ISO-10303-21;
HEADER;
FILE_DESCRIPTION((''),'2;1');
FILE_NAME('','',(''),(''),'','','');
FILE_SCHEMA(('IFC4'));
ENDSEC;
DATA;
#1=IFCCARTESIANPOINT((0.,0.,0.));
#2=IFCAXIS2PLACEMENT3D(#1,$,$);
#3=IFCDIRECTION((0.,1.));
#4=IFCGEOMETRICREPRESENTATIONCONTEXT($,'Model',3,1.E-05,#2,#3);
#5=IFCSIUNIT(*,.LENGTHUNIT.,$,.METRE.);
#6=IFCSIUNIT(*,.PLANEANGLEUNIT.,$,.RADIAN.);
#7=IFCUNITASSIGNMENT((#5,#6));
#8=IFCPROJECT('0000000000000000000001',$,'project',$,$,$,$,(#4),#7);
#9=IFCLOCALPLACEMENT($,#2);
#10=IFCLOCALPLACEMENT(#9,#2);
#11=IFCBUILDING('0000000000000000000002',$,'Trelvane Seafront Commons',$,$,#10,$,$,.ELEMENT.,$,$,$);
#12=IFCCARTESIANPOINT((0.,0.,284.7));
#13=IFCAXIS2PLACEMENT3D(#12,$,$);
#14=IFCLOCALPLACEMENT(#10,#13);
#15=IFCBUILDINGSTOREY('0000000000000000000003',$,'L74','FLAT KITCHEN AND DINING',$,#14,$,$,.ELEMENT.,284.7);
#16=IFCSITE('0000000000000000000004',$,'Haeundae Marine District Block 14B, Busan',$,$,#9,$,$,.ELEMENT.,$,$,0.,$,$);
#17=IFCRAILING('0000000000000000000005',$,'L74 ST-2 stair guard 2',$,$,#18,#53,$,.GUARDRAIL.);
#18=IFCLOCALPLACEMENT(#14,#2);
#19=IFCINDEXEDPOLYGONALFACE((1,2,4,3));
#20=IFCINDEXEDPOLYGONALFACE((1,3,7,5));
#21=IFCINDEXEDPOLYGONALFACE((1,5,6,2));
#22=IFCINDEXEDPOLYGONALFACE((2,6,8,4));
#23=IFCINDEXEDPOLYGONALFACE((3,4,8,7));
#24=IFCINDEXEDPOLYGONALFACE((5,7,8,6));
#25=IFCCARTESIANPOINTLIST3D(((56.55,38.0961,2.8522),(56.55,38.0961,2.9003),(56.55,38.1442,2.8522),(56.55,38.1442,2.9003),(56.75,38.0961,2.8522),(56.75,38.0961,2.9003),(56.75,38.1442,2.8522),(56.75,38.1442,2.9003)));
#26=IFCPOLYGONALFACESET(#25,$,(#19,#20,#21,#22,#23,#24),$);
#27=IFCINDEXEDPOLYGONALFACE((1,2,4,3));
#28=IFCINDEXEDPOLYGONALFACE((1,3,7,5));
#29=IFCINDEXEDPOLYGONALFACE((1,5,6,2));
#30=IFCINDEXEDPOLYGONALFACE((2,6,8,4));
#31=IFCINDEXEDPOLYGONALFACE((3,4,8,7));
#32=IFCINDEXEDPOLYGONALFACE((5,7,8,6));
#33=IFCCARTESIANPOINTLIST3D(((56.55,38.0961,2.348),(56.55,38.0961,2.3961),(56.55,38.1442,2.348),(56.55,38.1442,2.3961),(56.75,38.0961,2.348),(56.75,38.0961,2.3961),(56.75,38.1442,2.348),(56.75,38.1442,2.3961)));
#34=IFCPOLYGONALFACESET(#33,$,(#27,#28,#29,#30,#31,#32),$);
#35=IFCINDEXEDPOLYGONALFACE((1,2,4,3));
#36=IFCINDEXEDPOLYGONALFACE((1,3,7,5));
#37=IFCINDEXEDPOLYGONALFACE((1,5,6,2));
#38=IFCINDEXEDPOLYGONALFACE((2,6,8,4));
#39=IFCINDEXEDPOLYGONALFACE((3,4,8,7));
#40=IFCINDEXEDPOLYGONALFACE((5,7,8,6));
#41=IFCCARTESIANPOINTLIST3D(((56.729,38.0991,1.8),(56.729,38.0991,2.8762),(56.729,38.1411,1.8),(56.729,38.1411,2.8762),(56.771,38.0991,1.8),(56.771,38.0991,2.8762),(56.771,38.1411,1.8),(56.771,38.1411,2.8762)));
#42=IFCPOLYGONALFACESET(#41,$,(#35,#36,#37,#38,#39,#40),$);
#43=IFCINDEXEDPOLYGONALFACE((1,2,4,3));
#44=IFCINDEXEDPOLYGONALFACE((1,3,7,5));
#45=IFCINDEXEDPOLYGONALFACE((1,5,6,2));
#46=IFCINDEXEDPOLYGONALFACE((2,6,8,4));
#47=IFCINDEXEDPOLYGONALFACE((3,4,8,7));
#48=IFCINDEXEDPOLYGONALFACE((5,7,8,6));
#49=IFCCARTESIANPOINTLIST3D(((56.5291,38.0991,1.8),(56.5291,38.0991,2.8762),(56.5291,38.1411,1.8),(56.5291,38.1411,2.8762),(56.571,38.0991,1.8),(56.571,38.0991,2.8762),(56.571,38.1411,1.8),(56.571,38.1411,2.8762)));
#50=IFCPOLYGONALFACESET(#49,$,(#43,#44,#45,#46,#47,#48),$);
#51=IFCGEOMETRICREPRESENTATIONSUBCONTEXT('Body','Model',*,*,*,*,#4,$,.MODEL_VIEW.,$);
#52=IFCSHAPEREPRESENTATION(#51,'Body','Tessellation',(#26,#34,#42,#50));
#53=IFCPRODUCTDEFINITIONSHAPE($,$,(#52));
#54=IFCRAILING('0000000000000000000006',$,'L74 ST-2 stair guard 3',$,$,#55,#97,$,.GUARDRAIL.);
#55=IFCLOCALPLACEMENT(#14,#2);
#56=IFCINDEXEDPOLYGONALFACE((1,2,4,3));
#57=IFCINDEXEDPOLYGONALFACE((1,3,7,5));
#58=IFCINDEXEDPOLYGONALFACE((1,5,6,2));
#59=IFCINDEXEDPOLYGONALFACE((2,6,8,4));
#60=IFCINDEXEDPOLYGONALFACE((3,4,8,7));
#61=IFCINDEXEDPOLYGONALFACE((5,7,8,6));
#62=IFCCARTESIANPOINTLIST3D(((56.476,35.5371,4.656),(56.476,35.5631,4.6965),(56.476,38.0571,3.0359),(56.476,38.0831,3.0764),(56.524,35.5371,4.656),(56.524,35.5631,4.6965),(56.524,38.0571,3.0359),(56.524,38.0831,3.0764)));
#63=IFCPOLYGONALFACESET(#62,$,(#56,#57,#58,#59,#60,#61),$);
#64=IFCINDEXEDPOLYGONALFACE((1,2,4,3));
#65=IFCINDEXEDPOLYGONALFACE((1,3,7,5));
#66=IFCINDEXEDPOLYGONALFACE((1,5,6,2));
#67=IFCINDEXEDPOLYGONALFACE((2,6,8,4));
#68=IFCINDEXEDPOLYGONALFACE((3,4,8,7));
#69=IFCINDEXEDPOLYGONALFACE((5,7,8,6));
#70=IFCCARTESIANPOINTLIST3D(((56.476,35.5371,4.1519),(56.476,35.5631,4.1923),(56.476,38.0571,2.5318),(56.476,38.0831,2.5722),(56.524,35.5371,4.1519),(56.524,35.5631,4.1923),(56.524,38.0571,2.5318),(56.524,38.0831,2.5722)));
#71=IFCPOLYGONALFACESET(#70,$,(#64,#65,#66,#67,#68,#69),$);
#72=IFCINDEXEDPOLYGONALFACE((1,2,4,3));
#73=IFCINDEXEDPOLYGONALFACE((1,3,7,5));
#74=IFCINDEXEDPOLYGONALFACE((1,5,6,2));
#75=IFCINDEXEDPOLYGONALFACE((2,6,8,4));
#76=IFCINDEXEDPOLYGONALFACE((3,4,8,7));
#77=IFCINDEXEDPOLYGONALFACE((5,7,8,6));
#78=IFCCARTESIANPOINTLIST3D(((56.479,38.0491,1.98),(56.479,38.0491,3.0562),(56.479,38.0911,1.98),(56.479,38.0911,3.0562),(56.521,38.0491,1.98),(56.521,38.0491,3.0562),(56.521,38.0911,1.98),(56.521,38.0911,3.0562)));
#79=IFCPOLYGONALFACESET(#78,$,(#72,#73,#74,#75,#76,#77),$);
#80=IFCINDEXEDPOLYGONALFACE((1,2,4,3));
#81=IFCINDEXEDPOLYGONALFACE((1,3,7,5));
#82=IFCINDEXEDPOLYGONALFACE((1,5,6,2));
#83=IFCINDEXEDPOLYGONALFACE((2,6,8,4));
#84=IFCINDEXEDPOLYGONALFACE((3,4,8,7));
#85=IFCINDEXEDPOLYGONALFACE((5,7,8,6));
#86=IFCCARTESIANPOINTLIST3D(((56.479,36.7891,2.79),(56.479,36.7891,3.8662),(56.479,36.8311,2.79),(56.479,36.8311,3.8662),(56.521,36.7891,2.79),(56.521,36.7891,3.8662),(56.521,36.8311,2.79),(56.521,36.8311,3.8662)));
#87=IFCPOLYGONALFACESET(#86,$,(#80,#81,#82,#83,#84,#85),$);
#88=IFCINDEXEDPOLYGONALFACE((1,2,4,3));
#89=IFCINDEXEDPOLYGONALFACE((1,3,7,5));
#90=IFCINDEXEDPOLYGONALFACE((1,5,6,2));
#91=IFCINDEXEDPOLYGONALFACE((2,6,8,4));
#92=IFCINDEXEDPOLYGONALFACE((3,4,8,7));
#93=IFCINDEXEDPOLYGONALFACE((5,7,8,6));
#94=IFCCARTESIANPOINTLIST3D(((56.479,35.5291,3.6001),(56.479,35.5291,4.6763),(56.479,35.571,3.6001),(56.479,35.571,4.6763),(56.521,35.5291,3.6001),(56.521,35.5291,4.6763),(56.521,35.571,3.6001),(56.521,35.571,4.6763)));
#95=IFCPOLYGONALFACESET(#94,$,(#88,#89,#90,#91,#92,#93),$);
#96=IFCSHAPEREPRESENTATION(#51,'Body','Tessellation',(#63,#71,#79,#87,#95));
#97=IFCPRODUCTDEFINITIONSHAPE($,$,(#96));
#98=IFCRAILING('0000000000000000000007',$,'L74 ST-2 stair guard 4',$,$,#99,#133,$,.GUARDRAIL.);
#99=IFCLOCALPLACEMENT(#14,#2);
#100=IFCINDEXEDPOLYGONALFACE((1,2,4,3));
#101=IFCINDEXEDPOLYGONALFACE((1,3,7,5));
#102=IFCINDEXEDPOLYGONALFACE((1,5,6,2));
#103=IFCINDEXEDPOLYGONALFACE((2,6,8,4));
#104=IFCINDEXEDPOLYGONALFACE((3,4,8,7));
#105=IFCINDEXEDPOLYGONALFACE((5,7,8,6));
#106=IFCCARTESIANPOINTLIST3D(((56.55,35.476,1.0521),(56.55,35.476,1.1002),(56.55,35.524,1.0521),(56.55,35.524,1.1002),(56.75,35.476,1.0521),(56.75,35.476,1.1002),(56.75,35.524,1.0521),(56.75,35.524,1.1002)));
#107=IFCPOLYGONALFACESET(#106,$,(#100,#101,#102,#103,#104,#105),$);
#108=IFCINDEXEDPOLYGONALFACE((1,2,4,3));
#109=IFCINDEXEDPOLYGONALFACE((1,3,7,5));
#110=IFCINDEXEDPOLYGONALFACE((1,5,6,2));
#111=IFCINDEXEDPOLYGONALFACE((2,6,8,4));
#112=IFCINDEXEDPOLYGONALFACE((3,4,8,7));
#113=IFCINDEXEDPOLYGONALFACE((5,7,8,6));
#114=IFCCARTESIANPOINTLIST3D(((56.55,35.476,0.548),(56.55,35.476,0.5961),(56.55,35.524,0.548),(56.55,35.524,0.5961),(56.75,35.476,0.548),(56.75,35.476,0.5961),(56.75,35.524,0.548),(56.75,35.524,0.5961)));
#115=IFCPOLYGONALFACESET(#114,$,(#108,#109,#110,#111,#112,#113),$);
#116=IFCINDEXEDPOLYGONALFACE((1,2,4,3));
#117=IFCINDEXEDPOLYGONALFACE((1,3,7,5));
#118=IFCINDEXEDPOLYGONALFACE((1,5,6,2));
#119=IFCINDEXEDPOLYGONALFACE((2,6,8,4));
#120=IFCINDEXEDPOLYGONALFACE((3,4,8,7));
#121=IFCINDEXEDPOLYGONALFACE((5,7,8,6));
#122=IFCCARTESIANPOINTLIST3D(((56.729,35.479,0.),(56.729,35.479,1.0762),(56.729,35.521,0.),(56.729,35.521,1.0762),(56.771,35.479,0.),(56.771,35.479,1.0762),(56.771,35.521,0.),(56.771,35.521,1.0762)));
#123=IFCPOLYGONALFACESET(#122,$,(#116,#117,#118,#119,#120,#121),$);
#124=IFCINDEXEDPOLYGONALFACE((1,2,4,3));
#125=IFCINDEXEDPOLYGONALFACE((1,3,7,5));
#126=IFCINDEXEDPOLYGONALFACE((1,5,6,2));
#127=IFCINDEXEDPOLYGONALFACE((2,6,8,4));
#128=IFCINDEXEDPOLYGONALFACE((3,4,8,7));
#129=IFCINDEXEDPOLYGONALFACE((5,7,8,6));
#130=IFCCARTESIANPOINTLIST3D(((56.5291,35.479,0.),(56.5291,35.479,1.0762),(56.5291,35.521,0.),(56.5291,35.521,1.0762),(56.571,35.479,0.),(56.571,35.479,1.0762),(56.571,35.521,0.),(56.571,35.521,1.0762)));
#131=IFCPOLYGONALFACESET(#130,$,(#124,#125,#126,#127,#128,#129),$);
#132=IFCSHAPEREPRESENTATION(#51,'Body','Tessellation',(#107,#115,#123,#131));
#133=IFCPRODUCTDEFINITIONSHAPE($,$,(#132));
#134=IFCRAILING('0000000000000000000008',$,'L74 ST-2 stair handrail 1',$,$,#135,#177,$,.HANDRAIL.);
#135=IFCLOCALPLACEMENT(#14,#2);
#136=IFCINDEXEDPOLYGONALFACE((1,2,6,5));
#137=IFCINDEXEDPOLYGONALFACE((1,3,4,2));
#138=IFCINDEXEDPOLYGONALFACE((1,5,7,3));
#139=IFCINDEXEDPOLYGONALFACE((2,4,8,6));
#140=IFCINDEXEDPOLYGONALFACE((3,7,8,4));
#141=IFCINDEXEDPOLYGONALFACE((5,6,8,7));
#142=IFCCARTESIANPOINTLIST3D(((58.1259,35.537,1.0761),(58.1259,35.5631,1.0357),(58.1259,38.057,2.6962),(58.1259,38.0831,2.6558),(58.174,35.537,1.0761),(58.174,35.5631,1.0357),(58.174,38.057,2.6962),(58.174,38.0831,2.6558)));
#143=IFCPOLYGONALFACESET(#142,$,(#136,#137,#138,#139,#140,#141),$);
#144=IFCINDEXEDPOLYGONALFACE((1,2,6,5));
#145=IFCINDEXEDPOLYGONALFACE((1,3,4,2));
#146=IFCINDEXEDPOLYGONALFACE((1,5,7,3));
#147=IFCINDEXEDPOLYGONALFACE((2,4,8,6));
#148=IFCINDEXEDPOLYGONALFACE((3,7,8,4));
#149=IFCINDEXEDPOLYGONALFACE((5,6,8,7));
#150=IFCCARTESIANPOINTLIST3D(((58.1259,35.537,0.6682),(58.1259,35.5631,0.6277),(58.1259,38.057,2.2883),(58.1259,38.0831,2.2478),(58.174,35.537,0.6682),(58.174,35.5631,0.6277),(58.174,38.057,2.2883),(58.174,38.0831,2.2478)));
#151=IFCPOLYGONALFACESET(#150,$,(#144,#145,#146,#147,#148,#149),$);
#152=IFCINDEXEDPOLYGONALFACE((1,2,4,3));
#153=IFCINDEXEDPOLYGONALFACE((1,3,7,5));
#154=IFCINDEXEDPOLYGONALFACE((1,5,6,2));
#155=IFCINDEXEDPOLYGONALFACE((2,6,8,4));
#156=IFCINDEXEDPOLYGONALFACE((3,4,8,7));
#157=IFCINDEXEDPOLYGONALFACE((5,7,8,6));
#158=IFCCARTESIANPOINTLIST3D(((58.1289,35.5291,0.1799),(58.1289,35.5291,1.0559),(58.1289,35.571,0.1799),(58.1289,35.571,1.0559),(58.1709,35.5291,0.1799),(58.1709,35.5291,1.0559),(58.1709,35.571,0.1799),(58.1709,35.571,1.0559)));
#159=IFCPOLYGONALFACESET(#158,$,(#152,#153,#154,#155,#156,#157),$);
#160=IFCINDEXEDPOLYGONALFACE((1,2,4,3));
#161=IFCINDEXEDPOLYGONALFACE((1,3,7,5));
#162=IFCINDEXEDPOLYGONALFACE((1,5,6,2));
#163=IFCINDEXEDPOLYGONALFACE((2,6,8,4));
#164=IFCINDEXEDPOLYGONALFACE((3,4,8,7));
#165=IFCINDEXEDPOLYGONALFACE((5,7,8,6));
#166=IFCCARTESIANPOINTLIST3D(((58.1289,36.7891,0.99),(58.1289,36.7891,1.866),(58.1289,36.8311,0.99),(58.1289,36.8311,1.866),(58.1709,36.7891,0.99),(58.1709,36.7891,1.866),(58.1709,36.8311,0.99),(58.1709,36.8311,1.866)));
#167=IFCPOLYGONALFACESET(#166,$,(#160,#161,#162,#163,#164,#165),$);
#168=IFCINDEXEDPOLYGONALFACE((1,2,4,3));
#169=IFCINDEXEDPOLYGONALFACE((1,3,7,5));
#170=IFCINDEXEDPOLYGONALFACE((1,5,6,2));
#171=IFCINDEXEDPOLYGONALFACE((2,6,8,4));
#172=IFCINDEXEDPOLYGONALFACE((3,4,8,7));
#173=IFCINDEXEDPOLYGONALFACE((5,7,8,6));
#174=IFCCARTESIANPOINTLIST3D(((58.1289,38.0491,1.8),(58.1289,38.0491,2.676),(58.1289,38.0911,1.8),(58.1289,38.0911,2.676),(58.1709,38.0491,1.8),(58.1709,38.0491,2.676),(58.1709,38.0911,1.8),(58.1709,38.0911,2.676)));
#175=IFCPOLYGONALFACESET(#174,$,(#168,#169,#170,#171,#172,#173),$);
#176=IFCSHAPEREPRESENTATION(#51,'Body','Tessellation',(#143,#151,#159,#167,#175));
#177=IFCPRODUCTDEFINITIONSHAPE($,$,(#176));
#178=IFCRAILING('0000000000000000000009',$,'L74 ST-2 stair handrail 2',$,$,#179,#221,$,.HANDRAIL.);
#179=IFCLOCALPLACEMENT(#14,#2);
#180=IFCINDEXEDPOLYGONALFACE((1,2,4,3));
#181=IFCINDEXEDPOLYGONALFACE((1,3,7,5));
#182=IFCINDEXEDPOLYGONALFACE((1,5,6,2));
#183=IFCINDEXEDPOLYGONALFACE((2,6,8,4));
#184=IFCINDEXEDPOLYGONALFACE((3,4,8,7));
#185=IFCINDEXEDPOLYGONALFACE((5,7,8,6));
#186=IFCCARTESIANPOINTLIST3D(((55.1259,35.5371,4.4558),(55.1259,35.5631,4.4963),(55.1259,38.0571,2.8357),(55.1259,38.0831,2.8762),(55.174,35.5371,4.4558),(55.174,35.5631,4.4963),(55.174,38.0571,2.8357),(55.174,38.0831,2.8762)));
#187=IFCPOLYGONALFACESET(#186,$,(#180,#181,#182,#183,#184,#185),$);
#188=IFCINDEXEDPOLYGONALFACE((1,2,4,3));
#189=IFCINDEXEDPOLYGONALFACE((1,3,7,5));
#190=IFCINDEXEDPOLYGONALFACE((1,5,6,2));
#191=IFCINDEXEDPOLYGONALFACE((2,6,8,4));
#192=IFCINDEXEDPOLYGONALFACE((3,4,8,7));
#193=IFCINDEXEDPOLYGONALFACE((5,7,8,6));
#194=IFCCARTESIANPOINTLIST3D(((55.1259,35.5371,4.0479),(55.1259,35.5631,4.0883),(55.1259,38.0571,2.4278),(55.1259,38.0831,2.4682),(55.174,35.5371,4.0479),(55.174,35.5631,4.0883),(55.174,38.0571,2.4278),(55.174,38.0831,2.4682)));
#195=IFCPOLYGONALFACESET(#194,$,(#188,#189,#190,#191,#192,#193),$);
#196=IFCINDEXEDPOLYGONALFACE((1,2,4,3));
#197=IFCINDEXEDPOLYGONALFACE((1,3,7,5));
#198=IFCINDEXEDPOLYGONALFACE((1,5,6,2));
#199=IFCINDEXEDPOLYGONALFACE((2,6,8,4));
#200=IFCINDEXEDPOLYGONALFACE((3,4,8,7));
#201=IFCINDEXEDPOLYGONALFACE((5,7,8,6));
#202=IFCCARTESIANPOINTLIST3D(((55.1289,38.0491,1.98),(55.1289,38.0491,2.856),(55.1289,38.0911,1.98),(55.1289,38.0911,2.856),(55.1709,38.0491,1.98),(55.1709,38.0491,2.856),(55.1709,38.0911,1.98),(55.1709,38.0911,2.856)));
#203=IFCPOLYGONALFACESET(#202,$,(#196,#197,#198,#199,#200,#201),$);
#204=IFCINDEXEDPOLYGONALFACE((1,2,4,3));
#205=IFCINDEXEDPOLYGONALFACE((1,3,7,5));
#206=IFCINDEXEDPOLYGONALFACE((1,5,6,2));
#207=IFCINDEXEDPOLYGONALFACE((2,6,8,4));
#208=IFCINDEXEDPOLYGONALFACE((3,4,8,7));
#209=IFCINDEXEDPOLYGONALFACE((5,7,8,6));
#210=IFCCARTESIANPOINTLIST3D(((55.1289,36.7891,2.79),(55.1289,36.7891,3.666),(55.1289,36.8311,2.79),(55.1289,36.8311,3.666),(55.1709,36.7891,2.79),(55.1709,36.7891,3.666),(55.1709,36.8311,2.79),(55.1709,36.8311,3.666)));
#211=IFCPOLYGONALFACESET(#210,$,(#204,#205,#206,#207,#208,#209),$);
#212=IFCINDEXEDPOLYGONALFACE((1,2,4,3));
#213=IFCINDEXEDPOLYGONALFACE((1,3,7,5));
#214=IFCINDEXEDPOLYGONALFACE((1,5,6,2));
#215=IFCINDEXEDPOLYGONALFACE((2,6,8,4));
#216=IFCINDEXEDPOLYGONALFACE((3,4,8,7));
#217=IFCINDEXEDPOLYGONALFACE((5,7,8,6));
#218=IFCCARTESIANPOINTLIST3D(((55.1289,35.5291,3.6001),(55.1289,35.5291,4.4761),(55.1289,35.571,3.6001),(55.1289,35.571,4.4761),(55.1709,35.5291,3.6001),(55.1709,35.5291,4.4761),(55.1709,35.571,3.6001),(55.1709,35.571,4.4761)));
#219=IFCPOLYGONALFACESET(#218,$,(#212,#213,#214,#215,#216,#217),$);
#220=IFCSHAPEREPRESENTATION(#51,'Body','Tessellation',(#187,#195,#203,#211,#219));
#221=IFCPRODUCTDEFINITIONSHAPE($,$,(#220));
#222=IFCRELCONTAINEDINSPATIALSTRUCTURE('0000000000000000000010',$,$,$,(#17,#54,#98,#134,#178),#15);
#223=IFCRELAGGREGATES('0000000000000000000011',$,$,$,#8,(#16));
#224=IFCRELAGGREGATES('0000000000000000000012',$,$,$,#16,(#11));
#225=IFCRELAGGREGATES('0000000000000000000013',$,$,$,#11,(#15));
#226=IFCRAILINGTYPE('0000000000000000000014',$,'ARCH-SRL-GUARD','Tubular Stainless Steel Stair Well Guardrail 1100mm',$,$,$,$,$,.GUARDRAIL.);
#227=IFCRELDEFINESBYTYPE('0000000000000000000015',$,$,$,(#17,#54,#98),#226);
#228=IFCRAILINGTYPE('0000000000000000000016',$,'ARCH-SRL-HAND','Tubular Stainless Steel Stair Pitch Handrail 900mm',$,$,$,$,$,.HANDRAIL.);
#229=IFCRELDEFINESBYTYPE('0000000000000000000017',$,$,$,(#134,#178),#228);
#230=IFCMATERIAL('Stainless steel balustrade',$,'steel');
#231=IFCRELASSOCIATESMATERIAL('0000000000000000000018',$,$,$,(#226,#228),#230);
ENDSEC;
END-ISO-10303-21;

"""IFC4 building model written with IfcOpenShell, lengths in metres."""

from ifc_helpers import new_model, si_unit, direction, frame, origin, origin_2d, place, context, subcontext, project, spatial, rectangle, extrude, material, type_object, element, save


model = new_model("IFC4")

# Units and contexts
model_context = context("Model", 3, precision=1e-05, world=origin(), true_north=direction((0.0, 1.0)))
body_context = subcontext(model_context, "Body", "Model", "MODEL_VIEW")
ifc_project = project(units=[si_unit("LENGTHUNIT", "METRE"), si_unit("PLANEANGLEUNIT", "RADIAN")], contexts=[model_context])

# Site, building, storey
site_placement = place(None, origin())
site = spatial("IfcSite", under=ifc_project, at=site_placement, Name="Haeundae Marine District Block 14B, Busan", CompositionType="ELEMENT", RefElevation=0.0)
building_placement = place(site_placement, origin())
building = spatial("IfcBuilding", under=site, at=building_placement, Name="Trelvane Seafront Commons", CompositionType="ELEMENT")
storey_placement = place(building_placement, frame((0.0, 0.0, 284.7)))
storey = spatial("IfcBuildingStorey", under=building, at=storey_placement, Name="L74", Description="FLAT KITCHEN AND DINING", CompositionType="ELEMENT", Elevation=284.7)

# Railings
ifc_material_1 = material(Name="Stainless steel balustrade", Category="steel")
railing_type_1 = type_object("IfcRailingType", Name="ARCH-SRL-GUARD", Description="Tubular Stainless Steel Stair Well Guardrail 1100mm", PredefinedType="GUARDRAIL", material=ifc_material_1)
railing_1_placement = place(storey_placement, frame((56.75, 38.1201, 1.8)))
element("IfcRailing", 1, at=railing_1_placement, inside=storey, type_object=railing_type_1, Name="L74 ST-2 stair guard 2", PredefinedType="GUARDRAIL", context=body_context, shape_type="SweptSolid", body=[
    extrude(rectangle(XDim=0.0481, YDim=0.0481, at=origin_2d()), frame((0.0, 0.0, 1.0762), z_axis=(-1.0, 0.0, 0.0), x_axis=(0.0, -1.0, 0.0)), (0.0, 0.0, 1.0), 0.2),
    extrude(rectangle(XDim=0.0481, YDim=0.0481, at=origin_2d()), frame((0.0, 0.0, 0.572), z_axis=(-1.0, 0.0, 0.0), x_axis=(0.0, -1.0, 0.0)), (0.0, 0.0, 1.0), 0.2),
    extrude(rectangle(XDim=0.042, YDim=0.042, at=origin_2d()), origin(), (0.0, 0.0, 1.0), 1.0762),
    extrude(rectangle(XDim=0.042, YDim=0.042, at=origin_2d()), frame((-0.2, 0.0, 0.0)), (0.0, 0.0, 1.0), 1.0762),
])
railing_2_placement = place(storey_placement, frame((56.5, 38.0701, 1.98)))
element("IfcRailing", 2, at=railing_2_placement, inside=storey, type_object=railing_type_1, Name="L74 ST-2 stair guard 3", PredefinedType="GUARDRAIL", context=body_context, shape_type="SweptSolid", body=[
    extrude(rectangle(XDim=0.0481, YDim=0.0481, at=origin_2d()), frame((0.0, 0.0, 1.0762), z_axis=(0.0, -0.841163, 0.540782), x_axis=(1.0, 0.0, 0.0)), (0.0, 0.0, 1.0), 2.9958),
    extrude(rectangle(XDim=0.0481, YDim=0.0481, at=origin_2d()), frame((0.0, 0.0, 0.572), z_axis=(0.0, -0.841163, 0.540782), x_axis=(1.0, 0.0, 0.0)), (0.0, 0.0, 1.0), 2.9958),
    extrude(rectangle(XDim=0.042, YDim=0.042, at=origin_2d()), origin(), (0.0, 0.0, 1.0), 1.0762),
    extrude(rectangle(XDim=0.042, YDim=0.042, at=origin_2d()), frame((0.0, -1.26, 0.8101)), (0.0, 0.0, 1.0), 1.0762),
    extrude(rectangle(XDim=0.042, YDim=0.042, at=origin_2d()), frame((0.0, -2.52, 1.6201)), (0.0, 0.0, 1.0), 1.0762),
])
railing_3_placement = place(storey_placement, frame((56.75, 35.5, 0.0)))
element("IfcRailing", 3, at=railing_3_placement, inside=storey, type_object=railing_type_1, Name="L74 ST-2 stair guard 4", PredefinedType="GUARDRAIL", context=body_context, shape_type="SweptSolid", body=[
    extrude(rectangle(XDim=0.0481, YDim=0.0481, at=origin_2d()), frame((0.0, 0.0, 1.0762), z_axis=(-1.0, 0.0, 0.0), x_axis=(0.0, -1.0, 0.0)), (0.0, 0.0, 1.0), 0.2),
    extrude(rectangle(XDim=0.0481, YDim=0.0481, at=origin_2d()), frame((0.0, 0.0, 0.572), z_axis=(-1.0, 0.0, 0.0), x_axis=(0.0, -1.0, 0.0)), (0.0, 0.0, 1.0), 0.2),
    extrude(rectangle(XDim=0.042, YDim=0.042, at=origin_2d()), origin(), (0.0, 0.0, 1.0), 1.0762),
    extrude(rectangle(XDim=0.042, YDim=0.042, at=origin_2d()), frame((-0.2, 0.0, 0.0)), (0.0, 0.0, 1.0), 1.0762),
])
railing_type_2 = type_object("IfcRailingType", Name="ARCH-SRL-HAND", Description="Tubular Stainless Steel Stair Pitch Handrail 900mm", PredefinedType="HANDRAIL", material=ifc_material_1)
railing_4_placement = place(storey_placement, frame((58.1499, 35.55, 0.1799)))
element("IfcRailing", 4, at=railing_4_placement, inside=storey, type_object=railing_type_2, Name="L74 ST-2 stair handrail 1", PredefinedType="HANDRAIL", context=body_context, shape_type="SweptSolid", body=[
    extrude(rectangle(XDim=0.0481, YDim=0.0481, at=origin_2d()), frame((0.0, 0.0, 0.876), z_axis=(0.0, 0.841163, 0.540782), x_axis=(-1.0, 0.0, 0.0)), (0.0, 0.0, 1.0), 2.9958),
    extrude(rectangle(XDim=0.0481, YDim=0.0481, at=origin_2d()), frame((0.0, 0.0, 0.468), z_axis=(0.0, 0.841163, 0.540782), x_axis=(-1.0, 0.0, 0.0)), (0.0, 0.0, 1.0), 2.9958),
    extrude(rectangle(XDim=0.042, YDim=0.042, at=origin_2d()), origin(), (0.0, 0.0, 1.0), 0.876),
    extrude(rectangle(XDim=0.042, YDim=0.042, at=origin_2d()), frame((0.0, 1.26, 0.8101)), (0.0, 0.0, 1.0), 0.876),
    extrude(rectangle(XDim=0.042, YDim=0.042, at=origin_2d()), frame((0.0, 2.52, 1.6201)), (0.0, 0.0, 1.0), 0.876),
])
railing_5_placement = place(storey_placement, frame((55.1499, 38.0701, 1.98)))
element("IfcRailing", 5, at=railing_5_placement, inside=storey, type_object=railing_type_2, Name="L74 ST-2 stair handrail 2", PredefinedType="HANDRAIL", context=body_context, shape_type="SweptSolid", body=[
    extrude(rectangle(XDim=0.0481, YDim=0.0481, at=origin_2d()), frame((0.0, 0.0, 0.876), z_axis=(0.0, -0.841163, 0.540782), x_axis=(1.0, 0.0, 0.0)), (0.0, 0.0, 1.0), 2.9958),
    extrude(rectangle(XDim=0.0481, YDim=0.0481, at=origin_2d()), frame((0.0, 0.0, 0.468), z_axis=(0.0, -0.841163, 0.540782), x_axis=(1.0, 0.0, 0.0)), (0.0, 0.0, 1.0), 2.9958),
    extrude(rectangle(XDim=0.042, YDim=0.042, at=origin_2d()), origin(), (0.0, 0.0, 1.0), 0.876),
    extrude(rectangle(XDim=0.042, YDim=0.042, at=origin_2d()), frame((0.0, -1.26, 0.8101)), (0.0, 0.0, 1.0), 0.876),
    extrude(rectangle(XDim=0.042, YDim=0.042, at=origin_2d()), frame((0.0, -2.52, 1.6201)), (0.0, 0.0, 1.0), 0.876),
])

save(model, "model.ifc")
